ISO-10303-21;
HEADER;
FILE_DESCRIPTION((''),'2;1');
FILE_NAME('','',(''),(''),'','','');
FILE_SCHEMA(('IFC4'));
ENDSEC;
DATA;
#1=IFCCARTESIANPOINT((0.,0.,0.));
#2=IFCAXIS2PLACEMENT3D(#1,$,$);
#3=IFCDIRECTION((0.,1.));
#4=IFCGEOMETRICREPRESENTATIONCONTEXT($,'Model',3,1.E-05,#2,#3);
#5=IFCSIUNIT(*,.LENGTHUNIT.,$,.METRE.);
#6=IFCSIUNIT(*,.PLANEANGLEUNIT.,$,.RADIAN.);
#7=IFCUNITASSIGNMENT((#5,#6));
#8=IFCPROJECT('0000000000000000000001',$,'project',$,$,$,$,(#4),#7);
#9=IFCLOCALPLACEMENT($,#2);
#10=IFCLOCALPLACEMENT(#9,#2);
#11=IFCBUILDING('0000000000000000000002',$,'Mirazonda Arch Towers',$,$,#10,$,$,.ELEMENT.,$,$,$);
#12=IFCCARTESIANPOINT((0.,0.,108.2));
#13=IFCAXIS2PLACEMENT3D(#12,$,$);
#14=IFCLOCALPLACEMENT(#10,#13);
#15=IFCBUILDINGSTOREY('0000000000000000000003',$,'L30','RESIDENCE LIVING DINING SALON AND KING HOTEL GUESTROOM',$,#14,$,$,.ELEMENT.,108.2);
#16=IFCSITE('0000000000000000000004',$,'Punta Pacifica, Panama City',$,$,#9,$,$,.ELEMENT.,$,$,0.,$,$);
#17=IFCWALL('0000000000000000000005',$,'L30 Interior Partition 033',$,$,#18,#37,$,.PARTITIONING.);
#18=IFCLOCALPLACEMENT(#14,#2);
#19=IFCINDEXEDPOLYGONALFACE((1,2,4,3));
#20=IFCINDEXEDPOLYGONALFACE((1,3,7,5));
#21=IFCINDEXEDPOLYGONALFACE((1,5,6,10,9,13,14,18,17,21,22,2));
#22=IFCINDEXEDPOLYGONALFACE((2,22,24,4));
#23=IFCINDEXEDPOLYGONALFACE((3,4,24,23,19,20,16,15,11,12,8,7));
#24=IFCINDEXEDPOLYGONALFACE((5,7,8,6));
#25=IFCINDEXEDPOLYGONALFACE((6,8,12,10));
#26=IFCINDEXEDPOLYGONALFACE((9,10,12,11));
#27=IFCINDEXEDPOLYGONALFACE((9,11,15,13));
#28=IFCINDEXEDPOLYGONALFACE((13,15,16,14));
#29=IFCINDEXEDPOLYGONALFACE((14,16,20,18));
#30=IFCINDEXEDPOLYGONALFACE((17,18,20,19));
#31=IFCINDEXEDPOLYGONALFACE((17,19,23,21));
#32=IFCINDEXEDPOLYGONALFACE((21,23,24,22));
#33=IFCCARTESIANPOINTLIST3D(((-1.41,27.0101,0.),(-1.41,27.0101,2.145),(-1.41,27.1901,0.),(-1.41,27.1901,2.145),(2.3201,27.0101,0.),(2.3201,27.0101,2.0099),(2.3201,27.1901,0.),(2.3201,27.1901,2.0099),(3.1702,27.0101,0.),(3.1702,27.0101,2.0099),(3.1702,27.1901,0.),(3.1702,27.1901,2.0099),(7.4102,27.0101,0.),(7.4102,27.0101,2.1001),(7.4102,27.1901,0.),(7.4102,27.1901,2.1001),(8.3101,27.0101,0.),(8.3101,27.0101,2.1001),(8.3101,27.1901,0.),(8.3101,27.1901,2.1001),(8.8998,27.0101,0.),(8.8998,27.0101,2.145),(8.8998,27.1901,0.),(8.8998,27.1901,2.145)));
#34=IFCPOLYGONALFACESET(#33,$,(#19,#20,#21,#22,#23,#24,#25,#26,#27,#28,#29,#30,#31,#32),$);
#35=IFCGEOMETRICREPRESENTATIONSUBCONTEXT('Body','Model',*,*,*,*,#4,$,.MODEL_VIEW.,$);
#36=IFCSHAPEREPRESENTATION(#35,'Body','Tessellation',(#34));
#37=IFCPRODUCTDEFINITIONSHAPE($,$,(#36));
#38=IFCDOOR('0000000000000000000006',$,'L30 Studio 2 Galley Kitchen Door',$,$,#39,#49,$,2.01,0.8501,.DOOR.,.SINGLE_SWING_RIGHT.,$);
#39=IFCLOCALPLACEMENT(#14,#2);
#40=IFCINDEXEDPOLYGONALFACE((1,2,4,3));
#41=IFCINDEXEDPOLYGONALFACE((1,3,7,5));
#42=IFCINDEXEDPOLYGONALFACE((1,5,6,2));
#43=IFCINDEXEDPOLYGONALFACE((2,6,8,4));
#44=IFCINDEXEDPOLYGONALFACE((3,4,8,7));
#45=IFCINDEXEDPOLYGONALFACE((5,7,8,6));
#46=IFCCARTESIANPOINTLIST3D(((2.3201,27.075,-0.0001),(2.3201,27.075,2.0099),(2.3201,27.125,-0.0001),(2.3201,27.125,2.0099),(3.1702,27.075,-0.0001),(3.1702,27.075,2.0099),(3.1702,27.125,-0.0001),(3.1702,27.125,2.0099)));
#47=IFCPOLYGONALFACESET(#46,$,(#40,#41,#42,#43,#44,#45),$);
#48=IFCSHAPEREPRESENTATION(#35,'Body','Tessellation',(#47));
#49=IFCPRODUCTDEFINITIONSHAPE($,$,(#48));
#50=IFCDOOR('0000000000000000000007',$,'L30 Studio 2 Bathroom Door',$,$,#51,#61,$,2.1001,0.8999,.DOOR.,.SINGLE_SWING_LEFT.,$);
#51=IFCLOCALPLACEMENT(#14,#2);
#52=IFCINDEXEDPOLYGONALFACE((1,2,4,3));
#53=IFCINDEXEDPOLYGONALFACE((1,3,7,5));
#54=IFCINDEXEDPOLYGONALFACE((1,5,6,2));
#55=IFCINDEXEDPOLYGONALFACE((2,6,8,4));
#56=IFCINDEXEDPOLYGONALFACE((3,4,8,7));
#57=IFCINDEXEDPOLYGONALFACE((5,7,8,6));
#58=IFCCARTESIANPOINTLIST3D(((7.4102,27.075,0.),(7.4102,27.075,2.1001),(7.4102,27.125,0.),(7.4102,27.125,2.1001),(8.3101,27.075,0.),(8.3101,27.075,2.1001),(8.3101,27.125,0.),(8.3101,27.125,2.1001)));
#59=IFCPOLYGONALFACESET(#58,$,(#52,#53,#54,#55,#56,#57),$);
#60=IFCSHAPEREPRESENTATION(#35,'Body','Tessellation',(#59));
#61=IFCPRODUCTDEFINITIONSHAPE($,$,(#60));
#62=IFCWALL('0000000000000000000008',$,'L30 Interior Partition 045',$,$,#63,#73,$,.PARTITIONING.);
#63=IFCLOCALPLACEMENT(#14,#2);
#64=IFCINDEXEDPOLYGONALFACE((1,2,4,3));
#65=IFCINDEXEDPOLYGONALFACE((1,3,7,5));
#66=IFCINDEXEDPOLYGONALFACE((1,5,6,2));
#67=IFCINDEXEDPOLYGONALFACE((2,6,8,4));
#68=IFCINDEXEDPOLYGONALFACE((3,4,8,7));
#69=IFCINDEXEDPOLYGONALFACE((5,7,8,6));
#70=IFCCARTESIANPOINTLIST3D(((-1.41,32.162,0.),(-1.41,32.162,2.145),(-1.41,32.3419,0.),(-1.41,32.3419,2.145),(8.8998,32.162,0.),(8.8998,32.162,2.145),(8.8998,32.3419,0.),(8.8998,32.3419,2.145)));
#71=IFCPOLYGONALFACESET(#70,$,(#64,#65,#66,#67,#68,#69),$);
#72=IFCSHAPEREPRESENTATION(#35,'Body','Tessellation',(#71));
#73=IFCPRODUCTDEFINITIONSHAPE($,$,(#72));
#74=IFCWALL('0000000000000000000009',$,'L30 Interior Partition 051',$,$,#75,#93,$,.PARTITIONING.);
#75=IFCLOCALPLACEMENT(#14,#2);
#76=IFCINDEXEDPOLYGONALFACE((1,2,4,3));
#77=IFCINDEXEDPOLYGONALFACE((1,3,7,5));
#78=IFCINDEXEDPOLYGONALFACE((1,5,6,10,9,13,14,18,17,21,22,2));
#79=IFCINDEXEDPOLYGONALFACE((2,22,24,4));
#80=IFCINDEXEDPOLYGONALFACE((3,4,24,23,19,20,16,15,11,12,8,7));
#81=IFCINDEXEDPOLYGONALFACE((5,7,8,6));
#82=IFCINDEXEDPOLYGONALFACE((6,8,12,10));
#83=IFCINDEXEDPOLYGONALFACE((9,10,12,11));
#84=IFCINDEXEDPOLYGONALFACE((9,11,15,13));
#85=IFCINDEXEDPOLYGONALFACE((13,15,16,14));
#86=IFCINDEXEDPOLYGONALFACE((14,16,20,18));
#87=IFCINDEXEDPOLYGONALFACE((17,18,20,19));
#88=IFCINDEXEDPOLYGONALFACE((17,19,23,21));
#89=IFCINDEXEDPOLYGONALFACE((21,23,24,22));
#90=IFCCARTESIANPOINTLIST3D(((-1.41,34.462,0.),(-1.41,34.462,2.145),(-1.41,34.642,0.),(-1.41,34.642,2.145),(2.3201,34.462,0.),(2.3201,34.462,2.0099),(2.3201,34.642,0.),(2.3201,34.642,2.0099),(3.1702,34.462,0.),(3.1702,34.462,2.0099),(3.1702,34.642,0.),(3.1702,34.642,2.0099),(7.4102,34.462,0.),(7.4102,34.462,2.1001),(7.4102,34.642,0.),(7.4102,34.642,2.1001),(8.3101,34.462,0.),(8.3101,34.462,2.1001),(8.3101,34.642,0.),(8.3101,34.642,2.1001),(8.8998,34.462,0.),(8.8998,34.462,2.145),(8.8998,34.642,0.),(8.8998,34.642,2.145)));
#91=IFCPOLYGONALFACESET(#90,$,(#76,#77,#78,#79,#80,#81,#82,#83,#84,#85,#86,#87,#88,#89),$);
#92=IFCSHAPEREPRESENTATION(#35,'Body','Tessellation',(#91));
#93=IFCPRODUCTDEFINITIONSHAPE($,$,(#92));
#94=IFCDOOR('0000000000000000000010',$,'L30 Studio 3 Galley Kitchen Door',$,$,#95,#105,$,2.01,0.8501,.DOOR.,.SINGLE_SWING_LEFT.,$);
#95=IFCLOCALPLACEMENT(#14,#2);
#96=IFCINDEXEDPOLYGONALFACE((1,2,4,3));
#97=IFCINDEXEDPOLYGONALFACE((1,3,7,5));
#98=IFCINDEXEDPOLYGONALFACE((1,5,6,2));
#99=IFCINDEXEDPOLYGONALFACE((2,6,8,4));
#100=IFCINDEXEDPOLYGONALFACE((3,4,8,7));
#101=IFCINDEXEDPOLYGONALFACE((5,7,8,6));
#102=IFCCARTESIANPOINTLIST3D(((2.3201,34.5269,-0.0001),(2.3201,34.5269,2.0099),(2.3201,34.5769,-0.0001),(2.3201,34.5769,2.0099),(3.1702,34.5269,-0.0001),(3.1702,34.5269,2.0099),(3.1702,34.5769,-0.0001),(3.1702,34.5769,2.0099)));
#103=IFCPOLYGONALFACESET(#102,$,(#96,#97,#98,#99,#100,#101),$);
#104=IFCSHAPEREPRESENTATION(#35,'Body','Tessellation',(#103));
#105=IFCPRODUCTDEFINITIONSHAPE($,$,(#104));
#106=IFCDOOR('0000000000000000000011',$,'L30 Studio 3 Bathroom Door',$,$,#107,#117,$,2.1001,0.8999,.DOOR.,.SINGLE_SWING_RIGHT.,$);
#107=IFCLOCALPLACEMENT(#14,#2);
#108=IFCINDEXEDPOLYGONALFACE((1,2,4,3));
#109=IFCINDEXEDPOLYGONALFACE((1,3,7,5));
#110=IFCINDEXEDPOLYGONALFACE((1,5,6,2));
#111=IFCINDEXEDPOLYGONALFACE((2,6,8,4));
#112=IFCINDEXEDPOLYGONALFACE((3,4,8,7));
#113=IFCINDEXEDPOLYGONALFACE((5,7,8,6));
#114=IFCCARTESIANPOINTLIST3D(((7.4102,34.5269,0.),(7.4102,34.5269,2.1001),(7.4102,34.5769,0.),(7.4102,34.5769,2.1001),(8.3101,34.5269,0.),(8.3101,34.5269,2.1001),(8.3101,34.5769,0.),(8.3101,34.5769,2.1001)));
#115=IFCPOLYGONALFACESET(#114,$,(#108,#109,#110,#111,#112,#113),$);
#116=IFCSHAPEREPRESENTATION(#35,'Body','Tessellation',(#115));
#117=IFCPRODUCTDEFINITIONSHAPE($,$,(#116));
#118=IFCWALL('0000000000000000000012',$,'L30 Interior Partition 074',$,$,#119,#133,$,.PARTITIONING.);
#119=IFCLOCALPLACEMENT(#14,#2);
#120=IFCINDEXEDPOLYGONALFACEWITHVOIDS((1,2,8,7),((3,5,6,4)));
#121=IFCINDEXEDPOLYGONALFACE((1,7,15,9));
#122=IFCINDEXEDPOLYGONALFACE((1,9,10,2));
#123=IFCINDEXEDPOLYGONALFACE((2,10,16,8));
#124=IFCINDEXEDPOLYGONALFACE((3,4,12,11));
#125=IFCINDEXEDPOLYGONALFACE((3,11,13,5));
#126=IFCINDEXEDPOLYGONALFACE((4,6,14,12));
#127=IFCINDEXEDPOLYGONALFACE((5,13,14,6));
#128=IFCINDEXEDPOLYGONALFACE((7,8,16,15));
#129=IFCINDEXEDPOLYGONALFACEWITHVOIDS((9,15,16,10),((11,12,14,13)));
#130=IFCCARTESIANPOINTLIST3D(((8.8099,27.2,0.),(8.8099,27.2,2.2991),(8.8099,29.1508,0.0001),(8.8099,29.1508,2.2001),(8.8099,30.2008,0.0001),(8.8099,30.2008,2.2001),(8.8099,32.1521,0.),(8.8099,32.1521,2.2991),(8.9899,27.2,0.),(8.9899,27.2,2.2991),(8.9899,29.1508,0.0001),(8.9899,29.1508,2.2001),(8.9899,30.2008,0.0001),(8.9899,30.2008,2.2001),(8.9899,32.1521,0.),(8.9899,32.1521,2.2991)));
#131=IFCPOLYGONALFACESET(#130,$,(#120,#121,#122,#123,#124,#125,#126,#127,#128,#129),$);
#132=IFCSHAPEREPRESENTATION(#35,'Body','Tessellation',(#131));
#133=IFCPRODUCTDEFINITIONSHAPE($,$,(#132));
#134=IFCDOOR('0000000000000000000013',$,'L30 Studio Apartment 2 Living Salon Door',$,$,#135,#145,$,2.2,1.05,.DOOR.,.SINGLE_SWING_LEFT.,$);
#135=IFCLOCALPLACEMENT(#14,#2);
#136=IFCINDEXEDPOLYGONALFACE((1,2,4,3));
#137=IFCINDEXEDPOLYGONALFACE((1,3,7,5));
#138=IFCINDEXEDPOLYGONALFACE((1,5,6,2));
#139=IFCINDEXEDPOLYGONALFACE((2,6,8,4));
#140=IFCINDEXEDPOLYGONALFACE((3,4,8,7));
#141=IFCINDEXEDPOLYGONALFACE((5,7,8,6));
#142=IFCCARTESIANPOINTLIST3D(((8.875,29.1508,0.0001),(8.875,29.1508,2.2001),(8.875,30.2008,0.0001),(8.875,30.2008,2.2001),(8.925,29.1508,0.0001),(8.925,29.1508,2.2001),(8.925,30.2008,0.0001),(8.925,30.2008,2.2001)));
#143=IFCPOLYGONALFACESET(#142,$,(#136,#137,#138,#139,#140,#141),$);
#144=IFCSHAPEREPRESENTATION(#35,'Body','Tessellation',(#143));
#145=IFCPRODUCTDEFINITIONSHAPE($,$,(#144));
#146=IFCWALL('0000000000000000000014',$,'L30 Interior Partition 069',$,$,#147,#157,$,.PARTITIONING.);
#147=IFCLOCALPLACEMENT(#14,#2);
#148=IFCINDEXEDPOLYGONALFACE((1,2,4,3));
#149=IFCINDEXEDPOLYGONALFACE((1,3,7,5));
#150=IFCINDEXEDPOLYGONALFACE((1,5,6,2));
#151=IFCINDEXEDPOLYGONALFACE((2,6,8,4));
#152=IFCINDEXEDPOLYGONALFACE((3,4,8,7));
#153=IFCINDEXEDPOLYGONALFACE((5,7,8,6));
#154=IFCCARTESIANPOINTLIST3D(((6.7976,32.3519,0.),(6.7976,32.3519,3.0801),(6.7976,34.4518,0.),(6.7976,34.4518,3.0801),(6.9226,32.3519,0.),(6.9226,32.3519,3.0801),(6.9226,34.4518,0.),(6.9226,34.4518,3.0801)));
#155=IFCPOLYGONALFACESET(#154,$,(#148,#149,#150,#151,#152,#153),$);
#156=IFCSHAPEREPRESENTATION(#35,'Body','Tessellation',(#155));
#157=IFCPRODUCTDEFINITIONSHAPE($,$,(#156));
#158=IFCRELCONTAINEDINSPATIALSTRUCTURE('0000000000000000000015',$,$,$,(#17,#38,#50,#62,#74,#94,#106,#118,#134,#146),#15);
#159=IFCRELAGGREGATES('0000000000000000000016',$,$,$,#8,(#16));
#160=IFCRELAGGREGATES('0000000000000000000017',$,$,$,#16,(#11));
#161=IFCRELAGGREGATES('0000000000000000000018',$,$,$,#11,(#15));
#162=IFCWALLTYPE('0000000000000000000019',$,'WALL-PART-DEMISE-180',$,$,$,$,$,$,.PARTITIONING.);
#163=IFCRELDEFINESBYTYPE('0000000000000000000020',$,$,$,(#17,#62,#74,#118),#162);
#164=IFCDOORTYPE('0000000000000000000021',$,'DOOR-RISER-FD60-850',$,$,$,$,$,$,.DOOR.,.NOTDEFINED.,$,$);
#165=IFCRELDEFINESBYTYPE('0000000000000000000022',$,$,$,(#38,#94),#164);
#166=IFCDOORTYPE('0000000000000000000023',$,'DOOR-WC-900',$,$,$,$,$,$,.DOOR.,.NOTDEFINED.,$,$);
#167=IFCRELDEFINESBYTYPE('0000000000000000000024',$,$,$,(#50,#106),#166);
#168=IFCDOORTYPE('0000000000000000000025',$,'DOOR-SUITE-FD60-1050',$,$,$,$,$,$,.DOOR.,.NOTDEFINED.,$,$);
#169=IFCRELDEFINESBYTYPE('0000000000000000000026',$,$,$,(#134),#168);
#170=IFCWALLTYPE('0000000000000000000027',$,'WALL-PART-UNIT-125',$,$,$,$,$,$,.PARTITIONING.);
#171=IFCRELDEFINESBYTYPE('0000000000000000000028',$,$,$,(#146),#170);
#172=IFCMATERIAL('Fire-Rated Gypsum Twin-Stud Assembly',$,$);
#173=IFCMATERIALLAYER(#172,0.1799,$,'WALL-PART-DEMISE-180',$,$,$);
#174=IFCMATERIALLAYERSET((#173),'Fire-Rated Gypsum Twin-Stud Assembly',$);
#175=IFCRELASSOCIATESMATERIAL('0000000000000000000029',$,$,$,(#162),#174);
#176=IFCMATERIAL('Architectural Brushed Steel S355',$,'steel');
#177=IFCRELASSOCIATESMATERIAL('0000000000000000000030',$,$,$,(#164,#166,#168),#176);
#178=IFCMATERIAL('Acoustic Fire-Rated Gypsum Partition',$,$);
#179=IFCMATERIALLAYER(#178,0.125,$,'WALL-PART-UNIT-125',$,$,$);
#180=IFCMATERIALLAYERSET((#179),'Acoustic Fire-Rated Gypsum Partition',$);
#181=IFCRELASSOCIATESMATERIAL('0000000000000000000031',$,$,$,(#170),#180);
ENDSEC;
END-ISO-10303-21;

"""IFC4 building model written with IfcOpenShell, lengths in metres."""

from ifc_helpers import new_model, si_unit, direction, frame, frame_2d, origin, place, context, subcontext, project, spatial, rectangle, extrude, material, layer, layer_set, type_object, element, fill, save


model = new_model("IFC4")

# Units and contexts
model_context = context("Model", 3, precision=1e-05, world=origin(), true_north=direction((0.0, 1.0)))
body_context = subcontext(model_context, "Body", "Model", "MODEL_VIEW")
ifc_project = project(units=[si_unit("LENGTHUNIT", "METRE"), si_unit("PLANEANGLEUNIT", "RADIAN")], contexts=[model_context])

# Site, building, storey
site_placement = place(None, origin())
site = spatial("IfcSite", under=ifc_project, at=site_placement, Name="Punta Pacifica, Panama City", CompositionType="ELEMENT", RefElevation=0.0)
building_placement = place(site_placement, origin())
building = spatial("IfcBuilding", under=site, at=building_placement, Name="Mirazonda Arch Towers", CompositionType="ELEMENT")
storey_placement = place(building_placement, frame((0.0, 0.0, 108.2)))
storey = spatial("IfcBuildingStorey", under=building, at=storey_placement, Name="L30", Description="RESIDENCE LIVING DINING SALON AND KING HOTEL GUESTROOM", CompositionType="ELEMENT", Elevation=108.2)

# Wall, openings, doors
ifc_material_1 = material(Name="Fire-Rated Gypsum Twin-Stud Assembly")
ifc_layer_1 = layer(ifc_material_1, 0.1799, Name="WALL-PART-DEMISE-180")
ifc_layer_set_1 = layer_set([ifc_layer_1], Name="Fire-Rated Gypsum Twin-Stud Assembly")
wall_type_1 = type_object("IfcWallType", Name="WALL-PART-DEMISE-180", PredefinedType="PARTITIONING", material=ifc_layer_set_1)
wall_1_placement = place(storey_placement, frame((-1.4099, 27.1001, 0.0), z_axis=(0.0, 0.0, 1.0), x_axis=(1.0, 0.0, 0.0)))
wall_1 = element("IfcWall", 1, at=wall_1_placement, inside=storey, type_object=wall_type_1, Name="L30 Interior Partition 033", PredefinedType="PARTITIONING", context=body_context, shape_type="SweptSolid", body=[
    extrude(rectangle(XDim=10.3098, YDim=0.1799, at=frame_2d((5.1548, 0.0))), origin(), (0.0, 0.0, 1.0), 2.145),
])
opening_1_placement = place(wall_1_placement, frame((3.73, 0.0, 0.0)))
opening_1 = element("IfcOpeningElement", 2, at=opening_1_placement, cuts=wall_1, PredefinedType="OPENING", context=body_context, shape_type="SweptSolid", body=[
    extrude(rectangle(XDim=0.8501, YDim=2.01, at=frame_2d((0.425, 1.0049))), frame((0.0, 0.0999, 0.0), z_axis=(0.0, -1.0, 0.0), x_axis=(1.0, 0.0, 0.0)), (0.0, 0.0, 1.0), 0.2),
])
opening_2_placement = place(wall_1_placement, frame((8.8201, 0.0, 0.0)))
opening_2 = element("IfcOpeningElement", 3, at=opening_2_placement, cuts=wall_1, PredefinedType="OPENING", context=body_context, shape_type="SweptSolid", body=[
    extrude(rectangle(XDim=0.8999, YDim=2.1001, at=frame_2d((0.45, 1.05))), frame((0.0, 0.0999, 0.0), z_axis=(0.0, -1.0, 0.0), x_axis=(1.0, 0.0, 0.0)), (0.0, 0.0, 1.0), 0.2),
])
ifc_material_2 = material(Name="Architectural Brushed Steel S355", Category="steel")
door_type_1 = type_object("IfcDoorType", Name="DOOR-RISER-FD60-850", OperationType="NOTDEFINED", PredefinedType="DOOR", material=ifc_material_2)
door_1_placement = place(opening_1_placement, origin())
door_1 = element("IfcDoor", 4, at=door_1_placement, inside=storey, type_object=door_type_1, Name="L30 Studio 2 Galley Kitchen Door", OperationType="SINGLE_SWING_RIGHT", OverallHeight=2.01, OverallWidth=0.8501, PredefinedType="DOOR", context=body_context, shape_type="SweptSolid", body=[
    extrude(rectangle(XDim=0.8501, YDim=2.01, at=frame_2d((0.425, 1.0049))), frame((0.0, 0.0249, 0.0), z_axis=(0.0, -1.0, 0.0), x_axis=(1.0, 0.0, 0.0)), (0.0, 0.0, 1.0), 0.05),
])
fill(opening_1, door_1)
door_type_2 = type_object("IfcDoorType", Name="DOOR-WC-900", OperationType="NOTDEFINED", PredefinedType="DOOR", material=ifc_material_2)
door_2_placement = place(opening_2_placement, origin())
door_2 = element("IfcDoor", 5, at=door_2_placement, inside=storey, type_object=door_type_2, Name="L30 Studio 2 Bathroom Door", OperationType="SINGLE_SWING_LEFT", OverallHeight=2.1001, OverallWidth=0.8999, PredefinedType="DOOR", context=body_context, shape_type="SweptSolid", body=[
    extrude(rectangle(XDim=0.8999, YDim=2.1001, at=frame_2d((0.45, 1.05))), frame((0.0, 0.0249, 0.0), z_axis=(0.0, -1.0, 0.0), x_axis=(1.0, 0.0, 0.0)), (0.0, 0.0, 1.0), 0.05),
])
fill(opening_2, door_2)

# Wall
wall_2_placement = place(storey_placement, frame((-1.4099, 32.252, 0.0), z_axis=(0.0, 0.0, 1.0), x_axis=(1.0, 0.0, 0.0)))
element("IfcWall", 6, at=wall_2_placement, inside=storey, type_object=wall_type_1, Name="L30 Interior Partition 045", PredefinedType="PARTITIONING", context=body_context, shape_type="SweptSolid", body=[
    extrude(rectangle(XDim=10.3098, YDim=0.1799, at=frame_2d((5.1548, 0.0))), origin(), (0.0, 0.0, 1.0), 2.145),
])

# Wall, openings, doors
wall_3_placement = place(storey_placement, frame((-1.4099, 34.552, 0.0), z_axis=(0.0, 0.0, 1.0), x_axis=(1.0, 0.0, 0.0)))
wall_3 = element("IfcWall", 7, at=wall_3_placement, inside=storey, type_object=wall_type_1, Name="L30 Interior Partition 051", PredefinedType="PARTITIONING", context=body_context, shape_type="SweptSolid", body=[
    extrude(rectangle(XDim=10.3098, YDim=0.1799, at=frame_2d((5.1548, 0.0))), origin(), (0.0, 0.0, 1.0), 2.145),
])
opening_3_placement = place(wall_3_placement, frame((3.73, 0.0, 0.0)))
opening_3 = element("IfcOpeningElement", 8, at=opening_3_placement, cuts=wall_3, PredefinedType="OPENING", context=body_context, shape_type="SweptSolid", body=[
    extrude(rectangle(XDim=0.8501, YDim=2.01, at=frame_2d((0.425, 1.0049))), frame((0.0, 0.0999, 0.0), z_axis=(0.0, -1.0, 0.0), x_axis=(1.0, 0.0, 0.0)), (0.0, 0.0, 1.0), 0.2),
])
opening_4_placement = place(wall_3_placement, frame((8.8201, 0.0, 0.0)))
opening_4 = element("IfcOpeningElement", 9, at=opening_4_placement, cuts=wall_3, PredefinedType="OPENING", context=body_context, shape_type="SweptSolid", body=[
    extrude(rectangle(XDim=0.8999, YDim=2.1001, at=frame_2d((0.45, 1.05))), frame((0.0, 0.0999, 0.0), z_axis=(0.0, -1.0, 0.0), x_axis=(1.0, 0.0, 0.0)), (0.0, 0.0, 1.0), 0.2),
])
door_3_placement = place(opening_3_placement, origin())
door_3 = element("IfcDoor", 10, at=door_3_placement, inside=storey, type_object=door_type_1, Name="L30 Studio 3 Galley Kitchen Door", OperationType="SINGLE_SWING_LEFT", OverallHeight=2.01, OverallWidth=0.8501, PredefinedType="DOOR", context=body_context, shape_type="SweptSolid", body=[
    extrude(rectangle(XDim=0.8501, YDim=2.01, at=frame_2d((0.425, 1.0049))), frame((0.0, 0.0249, 0.0), z_axis=(0.0, -1.0, 0.0), x_axis=(1.0, 0.0, 0.0)), (0.0, 0.0, 1.0), 0.05),
])
fill(opening_3, door_3)
door_4_placement = place(opening_4_placement, origin())
door_4 = element("IfcDoor", 11, at=door_4_placement, inside=storey, type_object=door_type_2, Name="L30 Studio 3 Bathroom Door", OperationType="SINGLE_SWING_RIGHT", OverallHeight=2.1001, OverallWidth=0.8999, PredefinedType="DOOR", context=body_context, shape_type="SweptSolid", body=[
    extrude(rectangle(XDim=0.8999, YDim=2.1001, at=frame_2d((0.45, 1.05))), frame((0.0, 0.0249, 0.0), z_axis=(0.0, -1.0, 0.0), x_axis=(1.0, 0.0, 0.0)), (0.0, 0.0, 1.0), 0.05),
])
fill(opening_4, door_4)

# Wall, opening, door
wall_4_placement = place(storey_placement, frame((8.8999, 27.2, 0.0), z_axis=(0.0, 0.0, 1.0), x_axis=(0.0, 1.0, 0.0)))
wall_4 = element("IfcWall", 12, at=wall_4_placement, inside=storey, type_object=wall_type_1, Name="L30 Interior Partition 074", PredefinedType="PARTITIONING", context=body_context, shape_type="SweptSolid", body=[
    extrude(rectangle(XDim=4.9521, YDim=0.1799, at=frame_2d((2.4761, 0.0))), origin(), (0.0, 0.0, 1.0), 2.2991),
])
opening_5_placement = place(wall_4_placement, frame((1.9509, 0.0, 0.0)))
opening_5 = element("IfcOpeningElement", 13, at=opening_5_placement, cuts=wall_4, PredefinedType="OPENING", context=body_context, shape_type="SweptSolid", body=[
    extrude(rectangle(XDim=1.05, YDim=2.2, at=frame_2d((0.5249, 1.1001))), frame((0.0, 0.0999, 0.0), z_axis=(0.0, -1.0, 0.0), x_axis=(1.0, 0.0, 0.0)), (0.0, 0.0, 1.0), 0.2),
])
door_type_3 = type_object("IfcDoorType", Name="DOOR-SUITE-FD60-1050", OperationType="NOTDEFINED", PredefinedType="DOOR", material=ifc_material_2)
door_5_placement = place(opening_5_placement, origin())
door_5 = element("IfcDoor", 14, at=door_5_placement, inside=storey, type_object=door_type_3, Name="L30 Studio Apartment 2 Living Salon Door", OperationType="SINGLE_SWING_LEFT", OverallHeight=2.2, OverallWidth=1.05, PredefinedType="DOOR", context=body_context, shape_type="SweptSolid", body=[
    extrude(rectangle(XDim=1.05, YDim=2.2, at=frame_2d((0.5249, 1.1001))), frame((0.0, 0.0249, 0.0), z_axis=(0.0, -1.0, 0.0), x_axis=(1.0, 0.0, 0.0)), (0.0, 0.0, 1.0), 0.05),
])
fill(opening_5, door_5)

# Wall
ifc_material_3 = material(Name="Acoustic Fire-Rated Gypsum Partition")
ifc_layer_2 = layer(ifc_material_3, 0.125, Name="WALL-PART-UNIT-125")
ifc_layer_set_2 = layer_set([ifc_layer_2], Name="Acoustic Fire-Rated Gypsum Partition")
wall_type_2 = type_object("IfcWallType", Name="WALL-PART-UNIT-125", PredefinedType="PARTITIONING", material=ifc_layer_set_2)
wall_5_placement = place(storey_placement, frame((6.8601, 32.3521, 0.0), z_axis=(0.0, 0.0, 1.0), x_axis=(0.0, 1.0, 0.0)))
element("IfcWall", 15, at=wall_5_placement, inside=storey, type_object=wall_type_2, Name="L30 Interior Partition 069", PredefinedType="PARTITIONING", context=body_context, shape_type="SweptSolid", body=[
    extrude(rectangle(XDim=2.0999, YDim=0.125, at=frame_2d((1.0498, 0.0))), origin(), (0.0, 0.0, 1.0), 3.0801),
])

save(model, "model.ifc")
